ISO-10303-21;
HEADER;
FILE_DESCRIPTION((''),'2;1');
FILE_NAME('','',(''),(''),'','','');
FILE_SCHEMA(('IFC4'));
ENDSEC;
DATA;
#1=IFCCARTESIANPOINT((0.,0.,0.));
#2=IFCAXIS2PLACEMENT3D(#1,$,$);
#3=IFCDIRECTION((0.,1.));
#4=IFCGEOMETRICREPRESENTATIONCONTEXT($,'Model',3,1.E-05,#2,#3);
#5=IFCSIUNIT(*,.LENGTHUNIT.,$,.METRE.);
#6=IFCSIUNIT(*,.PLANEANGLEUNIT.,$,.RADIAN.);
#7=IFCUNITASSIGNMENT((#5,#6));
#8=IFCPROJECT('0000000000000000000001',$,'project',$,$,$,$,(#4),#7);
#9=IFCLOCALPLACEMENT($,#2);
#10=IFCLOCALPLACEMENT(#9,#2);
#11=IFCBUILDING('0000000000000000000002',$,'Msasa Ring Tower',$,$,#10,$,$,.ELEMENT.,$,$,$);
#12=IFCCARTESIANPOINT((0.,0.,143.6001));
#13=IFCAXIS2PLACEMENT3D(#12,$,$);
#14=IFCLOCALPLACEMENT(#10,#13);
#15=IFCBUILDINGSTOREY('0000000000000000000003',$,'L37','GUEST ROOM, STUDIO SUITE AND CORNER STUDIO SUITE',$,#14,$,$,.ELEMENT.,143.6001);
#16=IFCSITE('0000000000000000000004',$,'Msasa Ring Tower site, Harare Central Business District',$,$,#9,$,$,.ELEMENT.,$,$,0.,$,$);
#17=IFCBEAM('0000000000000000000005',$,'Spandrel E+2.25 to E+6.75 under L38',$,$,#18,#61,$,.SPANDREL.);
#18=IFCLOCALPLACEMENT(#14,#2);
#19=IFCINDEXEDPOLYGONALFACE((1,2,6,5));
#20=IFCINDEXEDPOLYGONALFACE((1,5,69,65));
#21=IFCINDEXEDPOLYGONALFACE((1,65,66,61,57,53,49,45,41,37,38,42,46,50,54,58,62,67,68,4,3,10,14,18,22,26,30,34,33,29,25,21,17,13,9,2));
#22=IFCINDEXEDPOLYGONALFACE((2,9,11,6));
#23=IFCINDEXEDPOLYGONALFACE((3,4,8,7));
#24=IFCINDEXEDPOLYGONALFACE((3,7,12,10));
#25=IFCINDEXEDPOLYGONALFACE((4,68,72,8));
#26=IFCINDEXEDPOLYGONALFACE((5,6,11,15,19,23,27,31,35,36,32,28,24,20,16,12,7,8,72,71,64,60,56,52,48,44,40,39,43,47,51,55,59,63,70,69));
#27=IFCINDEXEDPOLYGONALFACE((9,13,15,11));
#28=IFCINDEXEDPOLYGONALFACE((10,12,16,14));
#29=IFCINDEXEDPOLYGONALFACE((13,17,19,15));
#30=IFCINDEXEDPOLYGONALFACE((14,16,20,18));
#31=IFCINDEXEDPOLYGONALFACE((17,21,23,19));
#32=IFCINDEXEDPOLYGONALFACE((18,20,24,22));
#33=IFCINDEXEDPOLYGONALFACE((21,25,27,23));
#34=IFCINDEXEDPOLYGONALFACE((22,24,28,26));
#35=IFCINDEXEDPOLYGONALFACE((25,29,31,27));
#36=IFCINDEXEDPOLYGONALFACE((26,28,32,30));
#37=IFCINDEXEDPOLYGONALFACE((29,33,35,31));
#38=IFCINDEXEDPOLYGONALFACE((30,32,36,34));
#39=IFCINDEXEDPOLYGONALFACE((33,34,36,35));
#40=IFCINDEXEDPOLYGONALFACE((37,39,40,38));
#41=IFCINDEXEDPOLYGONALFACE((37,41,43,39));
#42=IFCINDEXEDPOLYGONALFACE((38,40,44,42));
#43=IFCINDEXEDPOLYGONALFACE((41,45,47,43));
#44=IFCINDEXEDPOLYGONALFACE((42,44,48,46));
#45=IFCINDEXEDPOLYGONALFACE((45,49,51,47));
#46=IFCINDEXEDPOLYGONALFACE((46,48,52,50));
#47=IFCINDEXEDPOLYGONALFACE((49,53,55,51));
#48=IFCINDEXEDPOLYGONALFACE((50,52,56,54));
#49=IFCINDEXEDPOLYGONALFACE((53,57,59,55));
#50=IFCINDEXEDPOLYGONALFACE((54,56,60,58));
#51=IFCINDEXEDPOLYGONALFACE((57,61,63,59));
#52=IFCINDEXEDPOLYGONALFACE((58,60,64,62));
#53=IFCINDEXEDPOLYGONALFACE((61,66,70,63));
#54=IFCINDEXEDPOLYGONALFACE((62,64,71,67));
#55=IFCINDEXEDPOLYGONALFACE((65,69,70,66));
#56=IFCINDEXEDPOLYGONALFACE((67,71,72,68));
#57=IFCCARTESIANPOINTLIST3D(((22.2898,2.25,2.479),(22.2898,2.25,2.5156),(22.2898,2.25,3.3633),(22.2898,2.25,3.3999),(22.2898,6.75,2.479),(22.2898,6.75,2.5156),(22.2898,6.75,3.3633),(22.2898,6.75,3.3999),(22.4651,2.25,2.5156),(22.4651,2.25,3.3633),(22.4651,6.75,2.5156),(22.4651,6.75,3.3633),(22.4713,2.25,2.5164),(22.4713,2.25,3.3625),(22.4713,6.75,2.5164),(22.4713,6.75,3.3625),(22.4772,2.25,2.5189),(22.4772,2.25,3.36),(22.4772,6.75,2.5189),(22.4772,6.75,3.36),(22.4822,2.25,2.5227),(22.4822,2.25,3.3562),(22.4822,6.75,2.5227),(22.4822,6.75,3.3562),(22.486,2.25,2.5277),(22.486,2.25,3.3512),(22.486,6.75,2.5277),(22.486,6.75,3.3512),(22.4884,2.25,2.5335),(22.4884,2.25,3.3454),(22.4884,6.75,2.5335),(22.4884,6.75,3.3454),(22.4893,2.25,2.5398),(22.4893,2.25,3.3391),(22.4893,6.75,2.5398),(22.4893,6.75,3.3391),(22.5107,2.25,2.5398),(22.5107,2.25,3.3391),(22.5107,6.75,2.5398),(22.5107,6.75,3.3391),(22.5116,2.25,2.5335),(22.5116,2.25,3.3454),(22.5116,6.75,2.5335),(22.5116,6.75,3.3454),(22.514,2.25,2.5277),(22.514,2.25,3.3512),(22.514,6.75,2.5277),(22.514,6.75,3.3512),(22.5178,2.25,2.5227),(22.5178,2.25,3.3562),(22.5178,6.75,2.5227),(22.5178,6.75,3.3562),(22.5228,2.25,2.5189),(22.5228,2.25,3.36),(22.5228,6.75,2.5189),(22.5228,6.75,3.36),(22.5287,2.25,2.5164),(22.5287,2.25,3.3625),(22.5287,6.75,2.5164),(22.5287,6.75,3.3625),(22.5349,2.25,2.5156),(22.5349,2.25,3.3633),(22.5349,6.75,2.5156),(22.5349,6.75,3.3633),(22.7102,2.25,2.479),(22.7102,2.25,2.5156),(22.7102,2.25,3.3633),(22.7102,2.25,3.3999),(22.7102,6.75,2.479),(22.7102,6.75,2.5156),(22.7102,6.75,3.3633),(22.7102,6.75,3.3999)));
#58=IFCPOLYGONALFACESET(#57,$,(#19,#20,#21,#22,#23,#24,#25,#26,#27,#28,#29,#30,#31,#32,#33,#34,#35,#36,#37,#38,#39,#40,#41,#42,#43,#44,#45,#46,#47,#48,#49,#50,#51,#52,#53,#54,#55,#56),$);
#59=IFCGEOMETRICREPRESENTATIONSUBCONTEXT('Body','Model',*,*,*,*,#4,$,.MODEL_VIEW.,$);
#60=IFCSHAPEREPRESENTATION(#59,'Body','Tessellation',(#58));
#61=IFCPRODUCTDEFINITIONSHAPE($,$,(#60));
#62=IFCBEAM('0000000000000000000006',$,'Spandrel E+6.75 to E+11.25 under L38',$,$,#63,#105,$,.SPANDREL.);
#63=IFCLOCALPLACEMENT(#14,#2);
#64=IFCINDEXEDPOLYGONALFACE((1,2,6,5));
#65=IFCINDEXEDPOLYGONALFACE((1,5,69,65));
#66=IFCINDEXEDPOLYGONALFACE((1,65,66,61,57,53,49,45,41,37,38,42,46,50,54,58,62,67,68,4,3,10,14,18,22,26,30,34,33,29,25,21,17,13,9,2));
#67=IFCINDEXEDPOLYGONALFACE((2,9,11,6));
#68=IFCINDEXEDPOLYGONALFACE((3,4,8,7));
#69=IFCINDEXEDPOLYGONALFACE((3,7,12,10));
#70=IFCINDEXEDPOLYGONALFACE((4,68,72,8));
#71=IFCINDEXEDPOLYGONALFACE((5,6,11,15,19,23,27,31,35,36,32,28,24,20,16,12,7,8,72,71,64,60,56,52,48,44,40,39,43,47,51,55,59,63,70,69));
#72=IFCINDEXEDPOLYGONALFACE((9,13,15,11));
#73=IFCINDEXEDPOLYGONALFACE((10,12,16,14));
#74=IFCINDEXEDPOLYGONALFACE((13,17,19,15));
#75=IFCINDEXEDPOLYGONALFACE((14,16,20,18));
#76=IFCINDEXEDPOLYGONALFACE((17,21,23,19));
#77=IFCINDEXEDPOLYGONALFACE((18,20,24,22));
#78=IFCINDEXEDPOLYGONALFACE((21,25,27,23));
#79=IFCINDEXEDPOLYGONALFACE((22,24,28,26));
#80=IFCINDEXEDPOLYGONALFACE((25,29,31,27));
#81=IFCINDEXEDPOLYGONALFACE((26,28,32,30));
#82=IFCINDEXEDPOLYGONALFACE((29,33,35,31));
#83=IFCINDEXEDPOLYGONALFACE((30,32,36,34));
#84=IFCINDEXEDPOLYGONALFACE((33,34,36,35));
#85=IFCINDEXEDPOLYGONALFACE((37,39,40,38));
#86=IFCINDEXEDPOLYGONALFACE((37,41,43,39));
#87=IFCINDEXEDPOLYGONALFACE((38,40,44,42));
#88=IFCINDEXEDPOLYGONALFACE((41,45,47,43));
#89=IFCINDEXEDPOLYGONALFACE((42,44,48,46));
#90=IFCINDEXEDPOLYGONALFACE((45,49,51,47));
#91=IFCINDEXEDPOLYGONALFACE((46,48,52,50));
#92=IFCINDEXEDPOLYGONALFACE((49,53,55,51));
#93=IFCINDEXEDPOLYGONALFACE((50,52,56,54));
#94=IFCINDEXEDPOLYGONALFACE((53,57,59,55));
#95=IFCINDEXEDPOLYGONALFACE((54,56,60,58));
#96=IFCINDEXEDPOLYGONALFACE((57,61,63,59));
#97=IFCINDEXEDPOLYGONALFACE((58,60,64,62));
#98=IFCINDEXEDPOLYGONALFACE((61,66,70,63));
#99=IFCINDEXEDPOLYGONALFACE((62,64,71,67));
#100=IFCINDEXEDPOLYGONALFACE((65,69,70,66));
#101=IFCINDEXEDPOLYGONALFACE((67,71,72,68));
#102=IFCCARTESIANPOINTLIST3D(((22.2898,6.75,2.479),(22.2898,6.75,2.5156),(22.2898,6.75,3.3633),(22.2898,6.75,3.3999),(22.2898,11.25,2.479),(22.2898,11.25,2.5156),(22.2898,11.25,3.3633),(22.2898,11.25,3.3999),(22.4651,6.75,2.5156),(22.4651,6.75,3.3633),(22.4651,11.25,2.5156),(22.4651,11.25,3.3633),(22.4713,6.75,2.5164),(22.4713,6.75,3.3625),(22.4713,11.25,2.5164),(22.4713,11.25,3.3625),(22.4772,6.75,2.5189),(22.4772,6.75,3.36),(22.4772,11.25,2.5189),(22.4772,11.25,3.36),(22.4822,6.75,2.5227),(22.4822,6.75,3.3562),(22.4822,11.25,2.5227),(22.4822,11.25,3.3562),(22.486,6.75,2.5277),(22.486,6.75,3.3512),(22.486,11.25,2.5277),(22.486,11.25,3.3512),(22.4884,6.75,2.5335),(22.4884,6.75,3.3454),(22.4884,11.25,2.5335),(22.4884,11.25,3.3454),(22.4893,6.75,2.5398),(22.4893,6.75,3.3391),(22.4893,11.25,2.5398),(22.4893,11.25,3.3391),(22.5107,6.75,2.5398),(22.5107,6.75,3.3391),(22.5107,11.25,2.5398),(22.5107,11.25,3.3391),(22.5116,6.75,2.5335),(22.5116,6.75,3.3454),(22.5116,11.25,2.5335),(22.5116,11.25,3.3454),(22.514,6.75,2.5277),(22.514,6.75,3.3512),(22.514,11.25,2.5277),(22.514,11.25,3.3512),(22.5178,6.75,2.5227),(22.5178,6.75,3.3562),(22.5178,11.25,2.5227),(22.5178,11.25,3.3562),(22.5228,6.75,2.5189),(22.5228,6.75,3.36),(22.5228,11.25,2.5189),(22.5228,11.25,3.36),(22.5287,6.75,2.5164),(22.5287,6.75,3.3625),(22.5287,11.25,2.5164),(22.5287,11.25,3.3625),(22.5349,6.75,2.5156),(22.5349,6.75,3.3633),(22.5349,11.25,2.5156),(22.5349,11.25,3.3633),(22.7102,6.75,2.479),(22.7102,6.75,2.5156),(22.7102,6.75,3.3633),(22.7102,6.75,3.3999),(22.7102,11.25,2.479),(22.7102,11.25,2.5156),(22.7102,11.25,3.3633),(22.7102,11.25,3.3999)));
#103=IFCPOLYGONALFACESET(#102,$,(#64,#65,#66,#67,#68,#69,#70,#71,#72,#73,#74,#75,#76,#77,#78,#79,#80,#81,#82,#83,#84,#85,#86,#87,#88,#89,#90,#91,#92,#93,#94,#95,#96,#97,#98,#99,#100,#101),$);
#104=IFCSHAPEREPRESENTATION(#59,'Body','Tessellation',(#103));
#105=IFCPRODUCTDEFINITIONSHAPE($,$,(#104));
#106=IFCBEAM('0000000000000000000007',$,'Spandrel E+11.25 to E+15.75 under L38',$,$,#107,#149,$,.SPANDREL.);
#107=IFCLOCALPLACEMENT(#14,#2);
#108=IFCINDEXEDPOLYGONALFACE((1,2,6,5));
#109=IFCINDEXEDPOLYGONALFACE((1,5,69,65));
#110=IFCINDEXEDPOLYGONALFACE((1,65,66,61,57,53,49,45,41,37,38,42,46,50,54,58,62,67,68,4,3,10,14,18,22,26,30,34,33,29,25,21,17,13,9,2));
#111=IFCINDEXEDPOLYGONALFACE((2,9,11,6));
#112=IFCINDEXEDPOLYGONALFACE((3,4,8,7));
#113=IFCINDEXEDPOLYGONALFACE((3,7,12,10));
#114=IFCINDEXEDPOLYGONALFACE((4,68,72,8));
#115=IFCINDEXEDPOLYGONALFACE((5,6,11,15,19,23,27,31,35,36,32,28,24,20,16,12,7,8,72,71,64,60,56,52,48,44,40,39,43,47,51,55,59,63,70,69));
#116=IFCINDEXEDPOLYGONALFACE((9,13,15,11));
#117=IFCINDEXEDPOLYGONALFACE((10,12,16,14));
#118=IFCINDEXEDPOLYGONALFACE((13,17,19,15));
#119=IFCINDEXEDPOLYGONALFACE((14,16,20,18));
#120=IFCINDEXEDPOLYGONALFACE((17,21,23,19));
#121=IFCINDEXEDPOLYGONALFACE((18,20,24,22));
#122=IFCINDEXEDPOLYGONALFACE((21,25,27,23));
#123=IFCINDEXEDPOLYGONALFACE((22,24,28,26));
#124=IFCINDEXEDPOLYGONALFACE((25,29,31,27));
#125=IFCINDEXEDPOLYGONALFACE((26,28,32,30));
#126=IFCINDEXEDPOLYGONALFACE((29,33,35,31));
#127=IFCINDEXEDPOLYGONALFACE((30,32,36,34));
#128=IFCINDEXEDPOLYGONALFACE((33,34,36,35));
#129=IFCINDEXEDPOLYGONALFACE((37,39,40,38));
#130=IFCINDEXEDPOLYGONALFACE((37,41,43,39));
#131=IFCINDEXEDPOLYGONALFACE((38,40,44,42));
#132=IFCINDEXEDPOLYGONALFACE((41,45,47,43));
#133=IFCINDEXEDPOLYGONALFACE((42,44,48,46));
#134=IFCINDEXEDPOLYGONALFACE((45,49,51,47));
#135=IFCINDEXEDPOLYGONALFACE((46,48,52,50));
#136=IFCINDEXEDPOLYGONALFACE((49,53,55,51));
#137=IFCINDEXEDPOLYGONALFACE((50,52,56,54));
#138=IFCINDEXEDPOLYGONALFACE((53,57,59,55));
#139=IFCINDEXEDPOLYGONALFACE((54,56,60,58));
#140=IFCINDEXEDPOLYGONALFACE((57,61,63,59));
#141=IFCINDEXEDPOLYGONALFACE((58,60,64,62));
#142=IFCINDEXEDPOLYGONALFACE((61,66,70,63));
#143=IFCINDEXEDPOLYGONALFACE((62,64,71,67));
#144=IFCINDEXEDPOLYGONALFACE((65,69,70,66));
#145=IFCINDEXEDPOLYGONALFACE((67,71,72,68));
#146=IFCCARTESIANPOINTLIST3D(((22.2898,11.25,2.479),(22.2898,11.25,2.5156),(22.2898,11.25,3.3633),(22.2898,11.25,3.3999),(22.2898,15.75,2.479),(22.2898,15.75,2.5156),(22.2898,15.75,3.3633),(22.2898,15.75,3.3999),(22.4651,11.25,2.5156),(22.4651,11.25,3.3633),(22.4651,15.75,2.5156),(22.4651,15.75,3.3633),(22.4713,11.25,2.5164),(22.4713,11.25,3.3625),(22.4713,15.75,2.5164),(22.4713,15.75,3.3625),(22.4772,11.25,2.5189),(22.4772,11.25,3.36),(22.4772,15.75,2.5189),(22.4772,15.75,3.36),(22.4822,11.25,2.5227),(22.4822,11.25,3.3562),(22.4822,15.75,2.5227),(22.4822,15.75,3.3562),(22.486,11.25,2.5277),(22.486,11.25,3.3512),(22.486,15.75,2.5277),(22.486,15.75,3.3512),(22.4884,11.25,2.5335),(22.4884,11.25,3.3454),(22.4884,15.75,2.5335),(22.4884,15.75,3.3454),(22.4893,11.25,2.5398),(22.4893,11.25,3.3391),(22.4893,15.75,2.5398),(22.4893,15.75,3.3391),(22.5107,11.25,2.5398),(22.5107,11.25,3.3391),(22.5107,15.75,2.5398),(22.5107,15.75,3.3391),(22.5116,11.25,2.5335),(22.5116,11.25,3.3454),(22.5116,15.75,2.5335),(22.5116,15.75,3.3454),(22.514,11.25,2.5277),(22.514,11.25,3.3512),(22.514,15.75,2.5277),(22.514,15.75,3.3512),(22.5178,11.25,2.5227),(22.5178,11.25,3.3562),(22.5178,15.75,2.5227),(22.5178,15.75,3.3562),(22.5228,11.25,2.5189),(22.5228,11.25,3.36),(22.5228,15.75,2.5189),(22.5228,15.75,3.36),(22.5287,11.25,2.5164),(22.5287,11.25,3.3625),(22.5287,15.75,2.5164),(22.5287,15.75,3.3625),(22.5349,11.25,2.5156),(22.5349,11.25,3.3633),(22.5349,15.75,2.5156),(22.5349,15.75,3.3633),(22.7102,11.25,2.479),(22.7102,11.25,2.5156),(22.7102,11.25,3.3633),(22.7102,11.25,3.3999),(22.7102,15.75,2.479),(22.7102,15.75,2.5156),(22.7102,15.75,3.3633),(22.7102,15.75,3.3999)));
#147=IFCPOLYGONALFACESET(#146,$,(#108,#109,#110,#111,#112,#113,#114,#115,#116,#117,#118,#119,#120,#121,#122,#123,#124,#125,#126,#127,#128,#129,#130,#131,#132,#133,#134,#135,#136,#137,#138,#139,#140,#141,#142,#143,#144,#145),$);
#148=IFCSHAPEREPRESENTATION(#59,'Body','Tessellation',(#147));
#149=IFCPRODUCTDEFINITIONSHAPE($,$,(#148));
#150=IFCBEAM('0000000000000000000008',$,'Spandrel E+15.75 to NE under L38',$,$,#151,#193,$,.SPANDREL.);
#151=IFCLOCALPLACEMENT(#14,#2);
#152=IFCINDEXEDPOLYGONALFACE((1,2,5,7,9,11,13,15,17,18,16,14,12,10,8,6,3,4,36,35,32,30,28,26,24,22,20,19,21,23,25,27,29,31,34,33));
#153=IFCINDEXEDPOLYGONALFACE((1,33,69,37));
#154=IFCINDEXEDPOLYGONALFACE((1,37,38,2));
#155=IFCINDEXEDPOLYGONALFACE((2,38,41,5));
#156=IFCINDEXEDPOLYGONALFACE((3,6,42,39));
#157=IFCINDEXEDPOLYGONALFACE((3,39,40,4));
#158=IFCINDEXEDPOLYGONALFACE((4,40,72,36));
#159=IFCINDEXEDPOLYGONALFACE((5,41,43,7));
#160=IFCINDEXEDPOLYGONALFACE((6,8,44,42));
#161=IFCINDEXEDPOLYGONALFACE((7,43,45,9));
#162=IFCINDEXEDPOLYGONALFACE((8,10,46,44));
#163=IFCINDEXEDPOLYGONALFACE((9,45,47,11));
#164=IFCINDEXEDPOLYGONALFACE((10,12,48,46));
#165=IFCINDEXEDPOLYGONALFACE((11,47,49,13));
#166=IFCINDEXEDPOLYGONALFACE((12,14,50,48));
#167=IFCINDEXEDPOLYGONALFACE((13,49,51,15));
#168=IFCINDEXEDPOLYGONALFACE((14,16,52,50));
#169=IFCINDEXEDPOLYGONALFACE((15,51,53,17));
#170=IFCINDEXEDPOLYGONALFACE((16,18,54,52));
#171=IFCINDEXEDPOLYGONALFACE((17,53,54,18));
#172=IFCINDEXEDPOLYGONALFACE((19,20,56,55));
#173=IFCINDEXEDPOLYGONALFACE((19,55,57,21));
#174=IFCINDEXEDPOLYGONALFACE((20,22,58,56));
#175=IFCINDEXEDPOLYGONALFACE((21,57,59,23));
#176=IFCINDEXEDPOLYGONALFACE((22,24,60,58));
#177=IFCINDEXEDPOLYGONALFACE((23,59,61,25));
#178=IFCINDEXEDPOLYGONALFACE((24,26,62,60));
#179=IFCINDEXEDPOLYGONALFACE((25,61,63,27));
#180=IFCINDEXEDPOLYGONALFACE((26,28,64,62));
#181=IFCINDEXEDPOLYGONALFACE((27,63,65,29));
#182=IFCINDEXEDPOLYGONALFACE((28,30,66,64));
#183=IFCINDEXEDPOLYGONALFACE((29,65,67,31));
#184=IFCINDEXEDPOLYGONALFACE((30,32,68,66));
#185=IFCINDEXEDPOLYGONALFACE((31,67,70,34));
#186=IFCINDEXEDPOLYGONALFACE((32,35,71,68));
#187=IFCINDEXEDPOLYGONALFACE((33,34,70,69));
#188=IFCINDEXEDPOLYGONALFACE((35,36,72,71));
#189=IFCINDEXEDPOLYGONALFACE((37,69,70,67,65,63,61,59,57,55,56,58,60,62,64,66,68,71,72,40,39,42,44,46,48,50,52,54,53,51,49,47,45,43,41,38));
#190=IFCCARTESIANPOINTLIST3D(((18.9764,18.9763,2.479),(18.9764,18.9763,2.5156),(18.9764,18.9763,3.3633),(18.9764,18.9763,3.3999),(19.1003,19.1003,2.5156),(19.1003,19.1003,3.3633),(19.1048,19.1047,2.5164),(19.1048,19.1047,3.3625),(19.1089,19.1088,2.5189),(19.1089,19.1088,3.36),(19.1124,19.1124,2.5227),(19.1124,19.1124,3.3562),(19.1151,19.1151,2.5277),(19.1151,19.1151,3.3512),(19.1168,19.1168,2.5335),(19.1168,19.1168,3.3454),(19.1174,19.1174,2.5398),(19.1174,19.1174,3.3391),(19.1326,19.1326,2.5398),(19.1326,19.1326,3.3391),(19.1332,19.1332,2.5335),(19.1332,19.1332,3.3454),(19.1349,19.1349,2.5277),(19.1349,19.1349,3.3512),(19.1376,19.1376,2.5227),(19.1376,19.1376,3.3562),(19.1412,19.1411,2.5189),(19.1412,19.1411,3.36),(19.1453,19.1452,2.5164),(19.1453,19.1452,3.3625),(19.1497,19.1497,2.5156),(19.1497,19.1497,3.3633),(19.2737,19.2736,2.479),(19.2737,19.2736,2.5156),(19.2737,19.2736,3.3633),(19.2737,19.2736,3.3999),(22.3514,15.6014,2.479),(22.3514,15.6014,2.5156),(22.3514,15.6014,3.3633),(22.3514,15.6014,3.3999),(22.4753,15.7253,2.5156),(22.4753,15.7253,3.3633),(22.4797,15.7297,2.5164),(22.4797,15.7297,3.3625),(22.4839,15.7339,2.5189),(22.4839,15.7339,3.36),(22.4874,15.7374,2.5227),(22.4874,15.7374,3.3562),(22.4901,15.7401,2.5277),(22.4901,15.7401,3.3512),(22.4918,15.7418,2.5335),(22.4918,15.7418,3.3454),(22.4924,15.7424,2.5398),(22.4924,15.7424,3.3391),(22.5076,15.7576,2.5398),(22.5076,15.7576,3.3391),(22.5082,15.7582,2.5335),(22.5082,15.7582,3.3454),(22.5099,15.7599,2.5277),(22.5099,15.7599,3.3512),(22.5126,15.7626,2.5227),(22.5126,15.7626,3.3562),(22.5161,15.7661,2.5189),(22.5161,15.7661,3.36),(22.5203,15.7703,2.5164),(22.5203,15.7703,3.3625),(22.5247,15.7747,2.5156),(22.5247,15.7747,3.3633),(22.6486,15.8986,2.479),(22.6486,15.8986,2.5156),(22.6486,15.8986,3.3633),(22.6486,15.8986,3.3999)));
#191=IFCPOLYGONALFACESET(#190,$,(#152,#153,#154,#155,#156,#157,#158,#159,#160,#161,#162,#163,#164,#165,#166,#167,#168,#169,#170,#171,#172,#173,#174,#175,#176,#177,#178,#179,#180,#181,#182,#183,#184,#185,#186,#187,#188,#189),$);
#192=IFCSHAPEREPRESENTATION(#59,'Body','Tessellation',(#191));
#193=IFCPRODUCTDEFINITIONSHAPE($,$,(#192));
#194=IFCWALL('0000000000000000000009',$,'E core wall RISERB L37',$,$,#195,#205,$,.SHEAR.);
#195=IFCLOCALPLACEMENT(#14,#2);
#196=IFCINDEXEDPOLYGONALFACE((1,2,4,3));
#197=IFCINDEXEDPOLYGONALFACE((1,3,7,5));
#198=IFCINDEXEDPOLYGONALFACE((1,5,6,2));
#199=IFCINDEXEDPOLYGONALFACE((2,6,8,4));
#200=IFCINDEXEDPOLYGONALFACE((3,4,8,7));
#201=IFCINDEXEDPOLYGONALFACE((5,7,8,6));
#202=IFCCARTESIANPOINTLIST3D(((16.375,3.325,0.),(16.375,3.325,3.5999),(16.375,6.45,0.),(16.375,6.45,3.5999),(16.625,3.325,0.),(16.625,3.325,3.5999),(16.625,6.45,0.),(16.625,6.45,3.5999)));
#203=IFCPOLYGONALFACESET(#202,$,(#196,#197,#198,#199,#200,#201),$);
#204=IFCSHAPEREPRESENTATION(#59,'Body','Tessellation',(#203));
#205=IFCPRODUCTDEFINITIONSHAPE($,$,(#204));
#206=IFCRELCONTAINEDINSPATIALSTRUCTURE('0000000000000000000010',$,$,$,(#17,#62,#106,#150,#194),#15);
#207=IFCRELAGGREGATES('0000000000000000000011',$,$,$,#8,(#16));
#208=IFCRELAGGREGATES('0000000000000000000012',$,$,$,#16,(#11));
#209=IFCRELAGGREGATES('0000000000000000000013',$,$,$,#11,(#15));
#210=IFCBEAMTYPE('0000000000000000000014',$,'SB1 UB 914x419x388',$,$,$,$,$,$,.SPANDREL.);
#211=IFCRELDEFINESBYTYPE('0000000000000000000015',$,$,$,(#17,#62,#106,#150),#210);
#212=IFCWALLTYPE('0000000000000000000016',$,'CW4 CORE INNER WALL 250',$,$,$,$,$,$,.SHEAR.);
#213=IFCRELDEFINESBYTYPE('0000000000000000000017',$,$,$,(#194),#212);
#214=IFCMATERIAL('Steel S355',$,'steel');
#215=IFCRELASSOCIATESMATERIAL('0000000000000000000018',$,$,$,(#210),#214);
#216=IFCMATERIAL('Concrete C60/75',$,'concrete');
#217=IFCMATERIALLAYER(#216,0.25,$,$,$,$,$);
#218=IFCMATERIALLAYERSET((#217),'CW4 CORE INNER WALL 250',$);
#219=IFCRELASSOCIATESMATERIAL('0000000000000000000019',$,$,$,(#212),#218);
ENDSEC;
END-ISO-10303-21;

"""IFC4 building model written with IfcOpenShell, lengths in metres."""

from ifc_helpers import new_model, si_unit, direction, frame, frame_2d, origin, origin_2d, place, context, subcontext, project, spatial, rectangle, i_section, extrude, material, layer, layer_set, material_profile, profile_set, type_object, element, save


model = new_model("IFC4")

# Units and contexts
model_context = context("Model", 3, precision=1e-05, world=origin(), true_north=direction((0.0, 1.0)))
body_context = subcontext(model_context, "Body", "Model", "MODEL_VIEW")
ifc_project = project(units=[si_unit("LENGTHUNIT", "METRE"), si_unit("PLANEANGLEUNIT", "RADIAN")], contexts=[model_context])

# Site, building, storey
site_placement = place(None, origin())
site = spatial("IfcSite", under=ifc_project, at=site_placement, Name="Msasa Ring Tower site, Harare Central Business District", CompositionType="ELEMENT", RefElevation=0.0)
building_placement = place(site_placement, origin())
building = spatial("IfcBuilding", under=site, at=building_placement, Name="Msasa Ring Tower", CompositionType="ELEMENT")
storey_placement = place(building_placement, frame((0.0, 0.0, 143.6001)))
storey = spatial("IfcBuildingStorey", under=building, at=storey_placement, Name="L37", Description="GUEST ROOM, STUDIO SUITE AND CORNER STUDIO SUITE", CompositionType="ELEMENT", Elevation=143.6001)

# Beams
ifc_material_1 = material(Name="Steel S355", Category="steel")
ifc_material_profile_1 = material_profile(ifc_material_1, i_section(OverallWidth=0.4204, OverallDepth=0.9209, WebThickness=0.0215, FlangeThickness=0.0366, FilletRadius=0.0242, at=origin_2d()), Name="UB 914x419x388")
ifc_profile_set_1 = profile_set([ifc_material_profile_1], Name="Steel S355")
beam_type_1 = type_object("IfcBeamType", Name="SB1 UB 914x419x388", PredefinedType="SPANDREL", material=ifc_profile_set_1)
for number, where, z_axis, x_axis, name in (
    (1, (22.5, 2.25, 2.9395), (0.0, 1.0, 0.0), (-1.0, 0.0, 0.0), "Spandrel E+2.25 to E+6.75 under L38"),
    (2, (22.5, 6.75, 2.9395), (0.0, 1.0, 0.0), (-1.0, 0.0, 0.0), "Spandrel E+6.75 to E+11.25 under L38"),
    (3, (22.5, 11.25, 2.9395), (0.0, 1.0, 0.0), (-1.0, 0.0, 0.0), "Spandrel E+11.25 to E+15.75 under L38"),
):
    element("IfcBeam", number, at=place(storey_placement, frame(where, z_axis=z_axis, x_axis=x_axis)), inside=storey, type_object=beam_type_1, Name=name, PredefinedType="SPANDREL", context=body_context, shape_type="SweptSolid", body=[
        extrude(i_section(OverallWidth=0.4204, OverallDepth=0.9209, WebThickness=0.0215, FlangeThickness=0.0366, FilletRadius=0.0242, at=origin_2d()), origin(), (0.0, 0.0, 1.0), 4.5),
    ])
beam_1_placement = place(storey_placement, frame((22.5, 15.75, 2.9395), z_axis=(-0.707107, 0.707107, 0.0), x_axis=(-0.707107, -0.707107, 0.0)))
element("IfcBeam", 4, at=beam_1_placement, inside=storey, type_object=beam_type_1, Name="Spandrel E+15.75 to NE under L38", PredefinedType="SPANDREL", context=body_context, shape_type="SweptSolid", body=[
    extrude(i_section(OverallWidth=0.4204, OverallDepth=0.9209, WebThickness=0.0215, FlangeThickness=0.0366, FilletRadius=0.0242, at=origin_2d()), origin(), (0.0, 0.0, 1.0), 4.7729),
])

# Wall
ifc_material_2 = material(Name="Concrete C60/75", Category="concrete")
ifc_layer_1 = layer(ifc_material_2, 0.25)
ifc_layer_set_1 = layer_set([ifc_layer_1], Name="CW4 CORE INNER WALL 250")
wall_type_1 = type_object("IfcWallType", Name="CW4 CORE INNER WALL 250", PredefinedType="SHEAR", material=ifc_layer_set_1)
wall_1_placement = place(storey_placement, frame((16.5, 3.325, 0.0), z_axis=(0.0, 0.0, 1.0), x_axis=(0.0, 1.0, 0.0)))
element("IfcWall", 5, at=wall_1_placement, inside=storey, type_object=wall_type_1, Name="E core wall RISERB L37", PredefinedType="SHEAR", context=body_context, shape_type="SweptSolid", body=[
    extrude(rectangle(XDim=3.125, YDim=0.25, at=frame_2d((1.5625, 0.0))), origin(), (0.0, 0.0, 1.0), 3.5999),
])

save(model, "model.ifc")
